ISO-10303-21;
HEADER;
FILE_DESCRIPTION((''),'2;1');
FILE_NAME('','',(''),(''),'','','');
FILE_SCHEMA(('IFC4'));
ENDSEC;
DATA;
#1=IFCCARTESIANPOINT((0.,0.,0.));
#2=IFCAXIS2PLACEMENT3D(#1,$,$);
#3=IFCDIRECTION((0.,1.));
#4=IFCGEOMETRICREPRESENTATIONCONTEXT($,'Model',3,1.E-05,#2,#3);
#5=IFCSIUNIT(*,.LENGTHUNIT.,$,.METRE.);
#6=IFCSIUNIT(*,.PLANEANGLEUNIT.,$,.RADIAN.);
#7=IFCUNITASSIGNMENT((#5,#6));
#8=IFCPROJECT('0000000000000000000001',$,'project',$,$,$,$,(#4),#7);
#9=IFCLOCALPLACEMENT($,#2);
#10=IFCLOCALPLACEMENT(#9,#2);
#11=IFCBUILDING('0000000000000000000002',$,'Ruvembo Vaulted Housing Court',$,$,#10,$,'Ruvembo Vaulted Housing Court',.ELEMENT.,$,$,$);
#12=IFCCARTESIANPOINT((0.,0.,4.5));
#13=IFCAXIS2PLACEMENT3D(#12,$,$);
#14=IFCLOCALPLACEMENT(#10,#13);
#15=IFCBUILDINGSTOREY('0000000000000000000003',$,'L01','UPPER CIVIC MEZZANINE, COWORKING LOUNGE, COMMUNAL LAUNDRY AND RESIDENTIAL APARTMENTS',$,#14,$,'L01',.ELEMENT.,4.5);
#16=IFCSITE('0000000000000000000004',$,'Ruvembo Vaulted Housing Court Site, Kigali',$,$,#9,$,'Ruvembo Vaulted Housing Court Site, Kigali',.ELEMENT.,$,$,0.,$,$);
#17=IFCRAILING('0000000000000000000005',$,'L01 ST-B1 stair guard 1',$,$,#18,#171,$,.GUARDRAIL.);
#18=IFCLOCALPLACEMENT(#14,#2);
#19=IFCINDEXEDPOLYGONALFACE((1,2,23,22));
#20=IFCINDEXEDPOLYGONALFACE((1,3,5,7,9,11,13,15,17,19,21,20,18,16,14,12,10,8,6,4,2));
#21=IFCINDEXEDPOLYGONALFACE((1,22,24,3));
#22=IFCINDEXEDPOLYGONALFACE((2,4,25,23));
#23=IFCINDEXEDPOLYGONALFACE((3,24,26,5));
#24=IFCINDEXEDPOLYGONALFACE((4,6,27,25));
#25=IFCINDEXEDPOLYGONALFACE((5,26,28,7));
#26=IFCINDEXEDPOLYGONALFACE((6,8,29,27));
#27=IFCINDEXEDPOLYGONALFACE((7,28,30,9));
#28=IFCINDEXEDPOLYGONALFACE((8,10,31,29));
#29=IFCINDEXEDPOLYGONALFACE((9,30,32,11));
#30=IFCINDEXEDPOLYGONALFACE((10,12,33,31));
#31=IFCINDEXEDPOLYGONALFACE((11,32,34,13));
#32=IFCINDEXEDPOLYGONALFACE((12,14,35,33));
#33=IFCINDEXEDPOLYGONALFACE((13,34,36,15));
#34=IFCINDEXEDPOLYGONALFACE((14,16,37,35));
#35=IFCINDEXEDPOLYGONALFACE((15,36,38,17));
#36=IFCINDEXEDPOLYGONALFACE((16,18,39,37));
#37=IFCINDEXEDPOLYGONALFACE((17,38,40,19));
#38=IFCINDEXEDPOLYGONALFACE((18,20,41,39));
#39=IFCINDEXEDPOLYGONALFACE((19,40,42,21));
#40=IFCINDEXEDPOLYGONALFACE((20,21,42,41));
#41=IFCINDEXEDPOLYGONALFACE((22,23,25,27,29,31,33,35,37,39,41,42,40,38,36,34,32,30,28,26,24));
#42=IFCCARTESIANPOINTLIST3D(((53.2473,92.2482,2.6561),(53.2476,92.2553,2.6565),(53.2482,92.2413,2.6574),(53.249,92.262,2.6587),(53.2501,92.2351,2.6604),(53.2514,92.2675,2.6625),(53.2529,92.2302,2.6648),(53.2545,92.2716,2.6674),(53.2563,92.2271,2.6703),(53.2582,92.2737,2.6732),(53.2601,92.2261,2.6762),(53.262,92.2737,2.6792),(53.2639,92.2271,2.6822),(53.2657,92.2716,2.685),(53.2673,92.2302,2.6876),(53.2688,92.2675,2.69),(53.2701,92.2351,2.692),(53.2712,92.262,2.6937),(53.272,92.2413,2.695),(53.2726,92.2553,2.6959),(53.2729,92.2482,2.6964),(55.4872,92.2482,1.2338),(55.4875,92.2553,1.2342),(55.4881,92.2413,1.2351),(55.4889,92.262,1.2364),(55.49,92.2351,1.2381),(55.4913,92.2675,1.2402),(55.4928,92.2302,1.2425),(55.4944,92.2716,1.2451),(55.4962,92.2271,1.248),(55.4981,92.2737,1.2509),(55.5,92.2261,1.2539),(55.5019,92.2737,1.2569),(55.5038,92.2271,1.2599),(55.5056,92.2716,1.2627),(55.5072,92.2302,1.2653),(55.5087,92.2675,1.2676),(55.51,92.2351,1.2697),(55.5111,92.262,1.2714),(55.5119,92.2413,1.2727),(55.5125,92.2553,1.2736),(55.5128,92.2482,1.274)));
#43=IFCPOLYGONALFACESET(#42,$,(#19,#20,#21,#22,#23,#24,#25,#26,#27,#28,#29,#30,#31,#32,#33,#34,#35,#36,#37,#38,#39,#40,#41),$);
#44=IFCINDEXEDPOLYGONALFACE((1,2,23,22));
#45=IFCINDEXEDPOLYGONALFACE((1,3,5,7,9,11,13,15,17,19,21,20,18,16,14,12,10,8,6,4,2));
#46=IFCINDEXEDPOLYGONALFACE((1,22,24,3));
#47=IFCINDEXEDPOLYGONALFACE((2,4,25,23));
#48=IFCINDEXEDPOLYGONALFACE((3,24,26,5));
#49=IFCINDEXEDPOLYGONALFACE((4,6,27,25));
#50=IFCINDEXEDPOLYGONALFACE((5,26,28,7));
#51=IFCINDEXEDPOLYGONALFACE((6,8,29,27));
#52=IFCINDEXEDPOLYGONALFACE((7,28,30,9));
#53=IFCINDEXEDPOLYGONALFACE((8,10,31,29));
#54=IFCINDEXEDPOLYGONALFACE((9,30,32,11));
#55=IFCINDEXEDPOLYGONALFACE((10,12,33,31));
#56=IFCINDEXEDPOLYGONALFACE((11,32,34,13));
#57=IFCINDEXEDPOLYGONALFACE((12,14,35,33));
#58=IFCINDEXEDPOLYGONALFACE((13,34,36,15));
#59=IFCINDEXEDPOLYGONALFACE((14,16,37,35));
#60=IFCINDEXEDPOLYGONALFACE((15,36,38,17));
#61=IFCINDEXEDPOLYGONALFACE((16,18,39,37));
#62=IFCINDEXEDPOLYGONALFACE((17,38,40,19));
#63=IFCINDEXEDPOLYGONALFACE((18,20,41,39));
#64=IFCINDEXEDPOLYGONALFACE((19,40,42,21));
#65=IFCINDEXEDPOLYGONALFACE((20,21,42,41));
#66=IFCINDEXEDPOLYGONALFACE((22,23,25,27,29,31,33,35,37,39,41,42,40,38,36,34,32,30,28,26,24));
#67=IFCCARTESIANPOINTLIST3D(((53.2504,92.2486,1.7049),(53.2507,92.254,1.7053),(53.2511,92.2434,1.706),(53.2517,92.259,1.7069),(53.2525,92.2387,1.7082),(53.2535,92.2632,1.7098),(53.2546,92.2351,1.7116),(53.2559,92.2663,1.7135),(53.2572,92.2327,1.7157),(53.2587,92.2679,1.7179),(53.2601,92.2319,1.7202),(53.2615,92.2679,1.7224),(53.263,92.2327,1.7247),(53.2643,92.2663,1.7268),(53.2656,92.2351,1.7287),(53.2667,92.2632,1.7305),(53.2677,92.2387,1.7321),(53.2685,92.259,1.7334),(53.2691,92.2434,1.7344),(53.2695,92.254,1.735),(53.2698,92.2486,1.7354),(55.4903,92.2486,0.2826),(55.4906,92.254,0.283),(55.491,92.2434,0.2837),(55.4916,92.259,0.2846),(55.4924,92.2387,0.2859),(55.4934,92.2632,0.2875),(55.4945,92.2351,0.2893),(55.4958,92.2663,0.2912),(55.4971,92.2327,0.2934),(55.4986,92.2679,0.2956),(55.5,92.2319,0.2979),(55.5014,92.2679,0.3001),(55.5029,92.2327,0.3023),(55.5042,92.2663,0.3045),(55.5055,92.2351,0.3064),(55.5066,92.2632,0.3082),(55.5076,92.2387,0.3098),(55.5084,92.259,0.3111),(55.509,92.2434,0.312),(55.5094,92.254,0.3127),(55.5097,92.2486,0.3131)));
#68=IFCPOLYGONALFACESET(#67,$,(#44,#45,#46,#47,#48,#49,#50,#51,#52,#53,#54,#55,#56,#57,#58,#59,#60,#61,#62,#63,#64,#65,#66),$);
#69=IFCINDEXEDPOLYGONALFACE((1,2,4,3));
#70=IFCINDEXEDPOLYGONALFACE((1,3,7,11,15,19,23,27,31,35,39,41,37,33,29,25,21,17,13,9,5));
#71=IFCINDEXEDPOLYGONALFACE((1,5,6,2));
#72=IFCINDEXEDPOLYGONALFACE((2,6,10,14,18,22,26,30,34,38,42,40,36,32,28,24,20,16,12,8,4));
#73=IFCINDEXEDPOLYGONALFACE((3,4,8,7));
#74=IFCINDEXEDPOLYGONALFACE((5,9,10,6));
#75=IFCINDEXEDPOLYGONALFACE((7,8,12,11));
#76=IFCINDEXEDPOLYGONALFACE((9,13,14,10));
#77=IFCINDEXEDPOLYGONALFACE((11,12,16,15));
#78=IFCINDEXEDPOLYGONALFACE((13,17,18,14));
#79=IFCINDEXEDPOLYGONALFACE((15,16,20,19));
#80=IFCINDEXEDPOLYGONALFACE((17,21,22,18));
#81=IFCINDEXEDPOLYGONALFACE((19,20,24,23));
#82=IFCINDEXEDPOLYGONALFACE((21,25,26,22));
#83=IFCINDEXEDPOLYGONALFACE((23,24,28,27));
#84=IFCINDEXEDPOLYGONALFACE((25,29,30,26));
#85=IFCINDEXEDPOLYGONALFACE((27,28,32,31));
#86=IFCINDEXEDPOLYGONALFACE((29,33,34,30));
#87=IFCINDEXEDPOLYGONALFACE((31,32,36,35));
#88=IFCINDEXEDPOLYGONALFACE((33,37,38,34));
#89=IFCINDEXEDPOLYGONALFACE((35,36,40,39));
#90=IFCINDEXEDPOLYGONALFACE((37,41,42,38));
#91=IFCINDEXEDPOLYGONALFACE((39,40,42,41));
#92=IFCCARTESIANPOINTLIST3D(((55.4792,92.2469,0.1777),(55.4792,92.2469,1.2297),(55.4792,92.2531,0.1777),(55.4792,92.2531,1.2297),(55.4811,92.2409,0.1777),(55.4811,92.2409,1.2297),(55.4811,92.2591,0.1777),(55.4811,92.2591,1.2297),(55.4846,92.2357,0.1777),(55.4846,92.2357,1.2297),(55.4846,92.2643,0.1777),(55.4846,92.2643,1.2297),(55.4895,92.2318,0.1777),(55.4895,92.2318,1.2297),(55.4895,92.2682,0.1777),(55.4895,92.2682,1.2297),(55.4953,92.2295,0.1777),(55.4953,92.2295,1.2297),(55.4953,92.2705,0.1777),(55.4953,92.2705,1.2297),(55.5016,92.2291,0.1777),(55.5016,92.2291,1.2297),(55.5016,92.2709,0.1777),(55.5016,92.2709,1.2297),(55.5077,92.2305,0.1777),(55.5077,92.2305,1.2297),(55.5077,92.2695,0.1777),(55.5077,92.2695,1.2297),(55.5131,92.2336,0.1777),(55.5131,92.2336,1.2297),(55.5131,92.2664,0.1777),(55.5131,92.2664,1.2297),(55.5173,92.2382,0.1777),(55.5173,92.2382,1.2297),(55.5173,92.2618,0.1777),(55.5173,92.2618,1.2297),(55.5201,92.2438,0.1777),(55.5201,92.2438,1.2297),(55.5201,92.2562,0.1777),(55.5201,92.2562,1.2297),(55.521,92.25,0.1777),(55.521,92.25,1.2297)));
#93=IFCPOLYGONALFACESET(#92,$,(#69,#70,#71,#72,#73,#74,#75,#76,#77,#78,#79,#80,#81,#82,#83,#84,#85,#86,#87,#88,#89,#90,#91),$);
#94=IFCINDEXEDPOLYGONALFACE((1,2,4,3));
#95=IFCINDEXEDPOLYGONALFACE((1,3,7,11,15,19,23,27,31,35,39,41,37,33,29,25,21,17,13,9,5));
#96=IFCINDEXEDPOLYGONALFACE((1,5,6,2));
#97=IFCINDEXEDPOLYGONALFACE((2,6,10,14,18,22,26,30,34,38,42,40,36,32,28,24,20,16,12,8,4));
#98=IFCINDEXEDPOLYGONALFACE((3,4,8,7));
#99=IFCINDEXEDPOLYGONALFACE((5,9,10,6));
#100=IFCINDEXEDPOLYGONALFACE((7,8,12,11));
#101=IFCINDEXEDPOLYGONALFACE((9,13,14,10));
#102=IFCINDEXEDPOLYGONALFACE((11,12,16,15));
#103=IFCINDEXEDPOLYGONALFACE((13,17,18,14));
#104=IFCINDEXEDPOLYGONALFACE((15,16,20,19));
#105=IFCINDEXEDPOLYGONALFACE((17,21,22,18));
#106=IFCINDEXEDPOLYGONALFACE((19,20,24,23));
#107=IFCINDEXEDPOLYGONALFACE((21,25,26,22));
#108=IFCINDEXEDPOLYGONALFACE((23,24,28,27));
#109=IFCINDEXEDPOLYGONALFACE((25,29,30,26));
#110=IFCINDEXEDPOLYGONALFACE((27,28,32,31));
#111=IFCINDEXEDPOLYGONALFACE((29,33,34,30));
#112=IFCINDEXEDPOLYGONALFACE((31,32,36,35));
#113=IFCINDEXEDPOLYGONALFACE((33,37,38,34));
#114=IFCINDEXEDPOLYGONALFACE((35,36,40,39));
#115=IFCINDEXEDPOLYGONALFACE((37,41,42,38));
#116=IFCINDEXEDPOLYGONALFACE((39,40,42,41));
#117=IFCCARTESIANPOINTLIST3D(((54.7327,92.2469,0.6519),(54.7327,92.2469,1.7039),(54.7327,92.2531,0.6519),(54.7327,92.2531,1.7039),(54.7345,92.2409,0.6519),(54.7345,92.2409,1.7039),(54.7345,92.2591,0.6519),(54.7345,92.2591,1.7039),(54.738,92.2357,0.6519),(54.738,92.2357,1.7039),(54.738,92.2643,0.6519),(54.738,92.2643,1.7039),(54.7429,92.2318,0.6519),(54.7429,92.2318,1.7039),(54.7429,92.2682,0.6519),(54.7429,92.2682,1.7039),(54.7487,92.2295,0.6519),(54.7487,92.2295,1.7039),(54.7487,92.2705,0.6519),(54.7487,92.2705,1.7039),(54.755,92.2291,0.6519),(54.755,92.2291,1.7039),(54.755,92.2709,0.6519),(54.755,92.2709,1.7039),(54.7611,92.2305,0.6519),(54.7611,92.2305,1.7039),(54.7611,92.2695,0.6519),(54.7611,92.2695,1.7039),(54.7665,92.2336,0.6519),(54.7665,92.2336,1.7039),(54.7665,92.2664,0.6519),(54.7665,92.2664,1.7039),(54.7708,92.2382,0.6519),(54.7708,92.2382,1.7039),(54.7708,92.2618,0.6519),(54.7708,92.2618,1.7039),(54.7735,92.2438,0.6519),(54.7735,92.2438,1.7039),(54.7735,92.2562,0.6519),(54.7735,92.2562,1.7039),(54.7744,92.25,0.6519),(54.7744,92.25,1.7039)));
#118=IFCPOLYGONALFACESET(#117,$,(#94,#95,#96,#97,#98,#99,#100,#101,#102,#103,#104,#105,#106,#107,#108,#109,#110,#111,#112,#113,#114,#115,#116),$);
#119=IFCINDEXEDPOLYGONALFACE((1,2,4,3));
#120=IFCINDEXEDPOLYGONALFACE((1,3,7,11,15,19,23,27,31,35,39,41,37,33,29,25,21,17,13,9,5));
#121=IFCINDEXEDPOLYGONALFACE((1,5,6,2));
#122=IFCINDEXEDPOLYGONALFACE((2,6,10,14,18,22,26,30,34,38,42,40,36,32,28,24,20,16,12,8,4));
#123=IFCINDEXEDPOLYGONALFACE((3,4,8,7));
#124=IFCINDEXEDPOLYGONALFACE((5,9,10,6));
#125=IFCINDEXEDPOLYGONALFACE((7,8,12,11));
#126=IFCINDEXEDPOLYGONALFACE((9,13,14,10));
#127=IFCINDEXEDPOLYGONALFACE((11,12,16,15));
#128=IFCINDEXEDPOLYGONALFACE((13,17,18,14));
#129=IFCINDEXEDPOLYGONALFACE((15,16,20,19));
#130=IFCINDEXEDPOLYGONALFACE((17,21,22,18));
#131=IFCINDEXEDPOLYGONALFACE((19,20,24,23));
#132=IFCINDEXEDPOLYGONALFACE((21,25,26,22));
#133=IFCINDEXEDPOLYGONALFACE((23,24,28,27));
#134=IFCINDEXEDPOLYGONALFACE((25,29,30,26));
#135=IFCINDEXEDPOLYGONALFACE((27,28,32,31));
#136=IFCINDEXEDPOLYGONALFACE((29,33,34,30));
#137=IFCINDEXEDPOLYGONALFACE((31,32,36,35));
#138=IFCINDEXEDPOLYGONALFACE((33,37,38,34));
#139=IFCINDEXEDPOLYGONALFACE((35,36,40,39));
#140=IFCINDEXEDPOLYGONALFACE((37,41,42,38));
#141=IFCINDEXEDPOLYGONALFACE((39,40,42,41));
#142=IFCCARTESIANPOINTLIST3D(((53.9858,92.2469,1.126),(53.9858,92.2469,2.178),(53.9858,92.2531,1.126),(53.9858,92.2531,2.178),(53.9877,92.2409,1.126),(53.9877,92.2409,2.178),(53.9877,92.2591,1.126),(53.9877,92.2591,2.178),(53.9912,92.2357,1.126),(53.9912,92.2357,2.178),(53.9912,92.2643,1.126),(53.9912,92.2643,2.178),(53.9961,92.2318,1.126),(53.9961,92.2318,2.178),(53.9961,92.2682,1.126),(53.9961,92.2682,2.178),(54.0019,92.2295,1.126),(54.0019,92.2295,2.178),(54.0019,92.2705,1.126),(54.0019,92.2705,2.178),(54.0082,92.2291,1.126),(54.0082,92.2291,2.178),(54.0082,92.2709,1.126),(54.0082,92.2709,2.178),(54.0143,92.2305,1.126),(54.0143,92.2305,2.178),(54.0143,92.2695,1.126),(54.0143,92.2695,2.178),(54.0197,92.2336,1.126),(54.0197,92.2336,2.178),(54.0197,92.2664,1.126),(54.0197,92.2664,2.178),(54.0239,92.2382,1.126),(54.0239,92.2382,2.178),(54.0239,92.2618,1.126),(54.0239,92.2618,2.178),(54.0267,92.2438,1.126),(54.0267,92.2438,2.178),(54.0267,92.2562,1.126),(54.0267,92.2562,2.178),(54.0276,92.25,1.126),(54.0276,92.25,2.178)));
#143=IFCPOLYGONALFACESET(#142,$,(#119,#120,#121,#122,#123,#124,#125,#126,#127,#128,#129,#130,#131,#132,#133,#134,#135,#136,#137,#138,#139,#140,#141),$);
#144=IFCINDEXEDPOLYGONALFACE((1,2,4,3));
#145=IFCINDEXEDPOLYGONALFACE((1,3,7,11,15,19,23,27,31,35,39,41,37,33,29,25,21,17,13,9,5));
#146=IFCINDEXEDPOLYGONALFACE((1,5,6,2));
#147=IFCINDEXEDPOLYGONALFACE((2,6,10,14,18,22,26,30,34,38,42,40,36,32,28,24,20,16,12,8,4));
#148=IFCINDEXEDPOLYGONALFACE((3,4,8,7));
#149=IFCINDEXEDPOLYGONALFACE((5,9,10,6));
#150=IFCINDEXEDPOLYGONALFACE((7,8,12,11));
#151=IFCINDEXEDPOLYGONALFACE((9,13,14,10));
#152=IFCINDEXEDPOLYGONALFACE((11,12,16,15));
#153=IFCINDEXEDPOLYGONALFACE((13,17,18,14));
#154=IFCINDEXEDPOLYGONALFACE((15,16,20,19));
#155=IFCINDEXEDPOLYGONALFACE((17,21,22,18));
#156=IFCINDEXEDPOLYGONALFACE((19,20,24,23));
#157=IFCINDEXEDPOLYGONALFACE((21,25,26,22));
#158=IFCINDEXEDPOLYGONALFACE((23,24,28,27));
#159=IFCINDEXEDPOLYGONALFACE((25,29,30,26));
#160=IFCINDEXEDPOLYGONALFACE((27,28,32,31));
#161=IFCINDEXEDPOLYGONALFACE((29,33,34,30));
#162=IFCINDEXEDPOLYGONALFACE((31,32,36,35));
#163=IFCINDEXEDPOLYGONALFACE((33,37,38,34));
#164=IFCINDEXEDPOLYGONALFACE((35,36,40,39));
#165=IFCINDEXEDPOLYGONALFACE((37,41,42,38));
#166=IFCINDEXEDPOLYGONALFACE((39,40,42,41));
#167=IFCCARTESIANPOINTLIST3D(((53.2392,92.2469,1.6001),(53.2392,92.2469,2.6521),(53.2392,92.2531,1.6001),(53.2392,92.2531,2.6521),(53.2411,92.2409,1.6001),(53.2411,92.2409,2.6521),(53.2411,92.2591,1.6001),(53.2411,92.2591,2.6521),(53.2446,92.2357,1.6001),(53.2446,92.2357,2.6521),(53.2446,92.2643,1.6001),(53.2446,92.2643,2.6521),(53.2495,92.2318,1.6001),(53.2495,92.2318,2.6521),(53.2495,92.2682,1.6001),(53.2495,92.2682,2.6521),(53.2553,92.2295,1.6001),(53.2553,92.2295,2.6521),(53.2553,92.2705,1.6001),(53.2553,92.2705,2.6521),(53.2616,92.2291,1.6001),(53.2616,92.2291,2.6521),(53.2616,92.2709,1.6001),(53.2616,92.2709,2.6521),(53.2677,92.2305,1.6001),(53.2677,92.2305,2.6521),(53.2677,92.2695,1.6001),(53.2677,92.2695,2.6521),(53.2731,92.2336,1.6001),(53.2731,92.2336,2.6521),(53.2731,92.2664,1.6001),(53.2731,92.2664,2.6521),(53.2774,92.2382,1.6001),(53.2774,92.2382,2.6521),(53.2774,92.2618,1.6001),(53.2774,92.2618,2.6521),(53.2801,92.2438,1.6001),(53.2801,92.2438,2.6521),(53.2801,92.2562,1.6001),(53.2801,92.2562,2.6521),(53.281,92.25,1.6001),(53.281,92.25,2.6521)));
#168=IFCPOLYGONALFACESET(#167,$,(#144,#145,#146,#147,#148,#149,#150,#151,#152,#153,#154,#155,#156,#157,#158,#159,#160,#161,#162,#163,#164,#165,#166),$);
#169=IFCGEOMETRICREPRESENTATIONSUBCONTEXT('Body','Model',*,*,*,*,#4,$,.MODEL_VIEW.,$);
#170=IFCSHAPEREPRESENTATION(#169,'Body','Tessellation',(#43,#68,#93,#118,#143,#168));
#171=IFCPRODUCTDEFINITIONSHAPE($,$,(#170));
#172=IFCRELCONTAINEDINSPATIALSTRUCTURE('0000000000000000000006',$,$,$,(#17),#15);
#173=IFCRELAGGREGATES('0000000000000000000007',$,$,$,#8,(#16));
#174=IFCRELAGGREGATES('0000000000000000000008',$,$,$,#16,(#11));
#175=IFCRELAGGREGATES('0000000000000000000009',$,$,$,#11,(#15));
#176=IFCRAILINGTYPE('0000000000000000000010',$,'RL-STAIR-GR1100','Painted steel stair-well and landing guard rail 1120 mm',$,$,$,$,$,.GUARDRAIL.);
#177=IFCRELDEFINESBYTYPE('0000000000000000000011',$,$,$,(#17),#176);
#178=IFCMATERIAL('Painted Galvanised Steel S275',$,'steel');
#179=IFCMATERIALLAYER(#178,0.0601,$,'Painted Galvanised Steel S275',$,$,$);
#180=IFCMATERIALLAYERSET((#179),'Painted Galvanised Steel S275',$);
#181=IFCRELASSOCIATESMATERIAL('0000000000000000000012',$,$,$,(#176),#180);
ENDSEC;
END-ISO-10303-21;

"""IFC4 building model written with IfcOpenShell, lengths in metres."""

from ifc_helpers import new_model, si_unit, direction, frame, origin, origin_2d, place, context, subcontext, project, spatial, circle, extrude, material, layer, layer_set, type_object, element, save


model = new_model("IFC4")

# Units and contexts
model_context = context("Model", 3, precision=1e-05, world=origin(), true_north=direction((0.0, 1.0)))
body_context = subcontext(model_context, "Body", "Model", "MODEL_VIEW")
ifc_project = project(units=[si_unit("LENGTHUNIT", "METRE"), si_unit("PLANEANGLEUNIT", "RADIAN")], contexts=[model_context])

# Site, building, storey
site_placement = place(None, origin())
site = spatial("IfcSite", under=ifc_project, at=site_placement, Name="Ruvembo Vaulted Housing Court Site, Kigali", LongName="Ruvembo Vaulted Housing Court Site, Kigali", CompositionType="ELEMENT", RefElevation=0.0)
building_placement = place(site_placement, origin())
building = spatial("IfcBuilding", under=site, at=building_placement, Name="Ruvembo Vaulted Housing Court", LongName="Ruvembo Vaulted Housing Court", CompositionType="ELEMENT")
storey_placement = place(building_placement, frame((0.0, 0.0, 4.5)))
storey = spatial("IfcBuildingStorey", under=building, at=storey_placement, Name="L01", Description="UPPER CIVIC MEZZANINE, COWORKING LOUNGE, COMMUNAL LAUNDRY AND RESIDENTIAL APARTMENTS", LongName="L01", CompositionType="ELEMENT", Elevation=4.5)

# Railing
ifc_material_1 = material(Name="Painted Galvanised Steel S275", Category="steel")
ifc_layer_1 = layer(ifc_material_1, 0.0601, Name="Painted Galvanised Steel S275")
ifc_layer_set_1 = layer_set([ifc_layer_1], Name="Painted Galvanised Steel S275")
railing_type_1 = type_object("IfcRailingType", Name="RL-STAIR-GR1100", Description="Painted steel stair-well and landing guard rail 1120 mm", PredefinedType="GUARDRAIL", material=ifc_layer_set_1)
railing_1_placement = place(storey_placement, frame((55.5, 92.25, 0.1777)))
element("IfcRailing", 1, at=railing_1_placement, inside=storey, type_object=railing_type_1, Name="L01 ST-B1 stair guard 1", PredefinedType="GUARDRAIL", context=body_context, shape_type="SweptSolid", body=[
    extrude(circle(Radius=0.0239, at=origin_2d()), frame((0.0, 0.0, 1.0762), z_axis=(-0.844188, 0.0, 0.536048), x_axis=(0.0, -1.0, 0.0)), (0.0, 0.0, 1.0), 2.6533),
    extrude(circle(Radius=0.0181, at=origin_2d()), frame((0.0, 0.0, 0.1201), z_axis=(-0.844188, 0.0, 0.536048), x_axis=(0.0, -1.0, 0.0)), (0.0, 0.0, 1.0), 2.6533),
    extrude(circle(Radius=0.021, at=origin_2d()), origin(), (0.0, 0.0, 1.0), 1.052),
    extrude(circle(Radius=0.021, at=origin_2d()), frame((-0.7466, 0.0, 0.4741)), (0.0, 0.0, 1.0), 1.052),
    extrude(circle(Radius=0.021, at=origin_2d()), frame((-1.4934, 0.0, 0.9482)), (0.0, 0.0, 1.0), 1.052),
    extrude(circle(Radius=0.021, at=origin_2d()), frame((-2.24, 0.0, 1.4224)), (0.0, 0.0, 1.0), 1.052),
])

save(model, "model.ifc")
